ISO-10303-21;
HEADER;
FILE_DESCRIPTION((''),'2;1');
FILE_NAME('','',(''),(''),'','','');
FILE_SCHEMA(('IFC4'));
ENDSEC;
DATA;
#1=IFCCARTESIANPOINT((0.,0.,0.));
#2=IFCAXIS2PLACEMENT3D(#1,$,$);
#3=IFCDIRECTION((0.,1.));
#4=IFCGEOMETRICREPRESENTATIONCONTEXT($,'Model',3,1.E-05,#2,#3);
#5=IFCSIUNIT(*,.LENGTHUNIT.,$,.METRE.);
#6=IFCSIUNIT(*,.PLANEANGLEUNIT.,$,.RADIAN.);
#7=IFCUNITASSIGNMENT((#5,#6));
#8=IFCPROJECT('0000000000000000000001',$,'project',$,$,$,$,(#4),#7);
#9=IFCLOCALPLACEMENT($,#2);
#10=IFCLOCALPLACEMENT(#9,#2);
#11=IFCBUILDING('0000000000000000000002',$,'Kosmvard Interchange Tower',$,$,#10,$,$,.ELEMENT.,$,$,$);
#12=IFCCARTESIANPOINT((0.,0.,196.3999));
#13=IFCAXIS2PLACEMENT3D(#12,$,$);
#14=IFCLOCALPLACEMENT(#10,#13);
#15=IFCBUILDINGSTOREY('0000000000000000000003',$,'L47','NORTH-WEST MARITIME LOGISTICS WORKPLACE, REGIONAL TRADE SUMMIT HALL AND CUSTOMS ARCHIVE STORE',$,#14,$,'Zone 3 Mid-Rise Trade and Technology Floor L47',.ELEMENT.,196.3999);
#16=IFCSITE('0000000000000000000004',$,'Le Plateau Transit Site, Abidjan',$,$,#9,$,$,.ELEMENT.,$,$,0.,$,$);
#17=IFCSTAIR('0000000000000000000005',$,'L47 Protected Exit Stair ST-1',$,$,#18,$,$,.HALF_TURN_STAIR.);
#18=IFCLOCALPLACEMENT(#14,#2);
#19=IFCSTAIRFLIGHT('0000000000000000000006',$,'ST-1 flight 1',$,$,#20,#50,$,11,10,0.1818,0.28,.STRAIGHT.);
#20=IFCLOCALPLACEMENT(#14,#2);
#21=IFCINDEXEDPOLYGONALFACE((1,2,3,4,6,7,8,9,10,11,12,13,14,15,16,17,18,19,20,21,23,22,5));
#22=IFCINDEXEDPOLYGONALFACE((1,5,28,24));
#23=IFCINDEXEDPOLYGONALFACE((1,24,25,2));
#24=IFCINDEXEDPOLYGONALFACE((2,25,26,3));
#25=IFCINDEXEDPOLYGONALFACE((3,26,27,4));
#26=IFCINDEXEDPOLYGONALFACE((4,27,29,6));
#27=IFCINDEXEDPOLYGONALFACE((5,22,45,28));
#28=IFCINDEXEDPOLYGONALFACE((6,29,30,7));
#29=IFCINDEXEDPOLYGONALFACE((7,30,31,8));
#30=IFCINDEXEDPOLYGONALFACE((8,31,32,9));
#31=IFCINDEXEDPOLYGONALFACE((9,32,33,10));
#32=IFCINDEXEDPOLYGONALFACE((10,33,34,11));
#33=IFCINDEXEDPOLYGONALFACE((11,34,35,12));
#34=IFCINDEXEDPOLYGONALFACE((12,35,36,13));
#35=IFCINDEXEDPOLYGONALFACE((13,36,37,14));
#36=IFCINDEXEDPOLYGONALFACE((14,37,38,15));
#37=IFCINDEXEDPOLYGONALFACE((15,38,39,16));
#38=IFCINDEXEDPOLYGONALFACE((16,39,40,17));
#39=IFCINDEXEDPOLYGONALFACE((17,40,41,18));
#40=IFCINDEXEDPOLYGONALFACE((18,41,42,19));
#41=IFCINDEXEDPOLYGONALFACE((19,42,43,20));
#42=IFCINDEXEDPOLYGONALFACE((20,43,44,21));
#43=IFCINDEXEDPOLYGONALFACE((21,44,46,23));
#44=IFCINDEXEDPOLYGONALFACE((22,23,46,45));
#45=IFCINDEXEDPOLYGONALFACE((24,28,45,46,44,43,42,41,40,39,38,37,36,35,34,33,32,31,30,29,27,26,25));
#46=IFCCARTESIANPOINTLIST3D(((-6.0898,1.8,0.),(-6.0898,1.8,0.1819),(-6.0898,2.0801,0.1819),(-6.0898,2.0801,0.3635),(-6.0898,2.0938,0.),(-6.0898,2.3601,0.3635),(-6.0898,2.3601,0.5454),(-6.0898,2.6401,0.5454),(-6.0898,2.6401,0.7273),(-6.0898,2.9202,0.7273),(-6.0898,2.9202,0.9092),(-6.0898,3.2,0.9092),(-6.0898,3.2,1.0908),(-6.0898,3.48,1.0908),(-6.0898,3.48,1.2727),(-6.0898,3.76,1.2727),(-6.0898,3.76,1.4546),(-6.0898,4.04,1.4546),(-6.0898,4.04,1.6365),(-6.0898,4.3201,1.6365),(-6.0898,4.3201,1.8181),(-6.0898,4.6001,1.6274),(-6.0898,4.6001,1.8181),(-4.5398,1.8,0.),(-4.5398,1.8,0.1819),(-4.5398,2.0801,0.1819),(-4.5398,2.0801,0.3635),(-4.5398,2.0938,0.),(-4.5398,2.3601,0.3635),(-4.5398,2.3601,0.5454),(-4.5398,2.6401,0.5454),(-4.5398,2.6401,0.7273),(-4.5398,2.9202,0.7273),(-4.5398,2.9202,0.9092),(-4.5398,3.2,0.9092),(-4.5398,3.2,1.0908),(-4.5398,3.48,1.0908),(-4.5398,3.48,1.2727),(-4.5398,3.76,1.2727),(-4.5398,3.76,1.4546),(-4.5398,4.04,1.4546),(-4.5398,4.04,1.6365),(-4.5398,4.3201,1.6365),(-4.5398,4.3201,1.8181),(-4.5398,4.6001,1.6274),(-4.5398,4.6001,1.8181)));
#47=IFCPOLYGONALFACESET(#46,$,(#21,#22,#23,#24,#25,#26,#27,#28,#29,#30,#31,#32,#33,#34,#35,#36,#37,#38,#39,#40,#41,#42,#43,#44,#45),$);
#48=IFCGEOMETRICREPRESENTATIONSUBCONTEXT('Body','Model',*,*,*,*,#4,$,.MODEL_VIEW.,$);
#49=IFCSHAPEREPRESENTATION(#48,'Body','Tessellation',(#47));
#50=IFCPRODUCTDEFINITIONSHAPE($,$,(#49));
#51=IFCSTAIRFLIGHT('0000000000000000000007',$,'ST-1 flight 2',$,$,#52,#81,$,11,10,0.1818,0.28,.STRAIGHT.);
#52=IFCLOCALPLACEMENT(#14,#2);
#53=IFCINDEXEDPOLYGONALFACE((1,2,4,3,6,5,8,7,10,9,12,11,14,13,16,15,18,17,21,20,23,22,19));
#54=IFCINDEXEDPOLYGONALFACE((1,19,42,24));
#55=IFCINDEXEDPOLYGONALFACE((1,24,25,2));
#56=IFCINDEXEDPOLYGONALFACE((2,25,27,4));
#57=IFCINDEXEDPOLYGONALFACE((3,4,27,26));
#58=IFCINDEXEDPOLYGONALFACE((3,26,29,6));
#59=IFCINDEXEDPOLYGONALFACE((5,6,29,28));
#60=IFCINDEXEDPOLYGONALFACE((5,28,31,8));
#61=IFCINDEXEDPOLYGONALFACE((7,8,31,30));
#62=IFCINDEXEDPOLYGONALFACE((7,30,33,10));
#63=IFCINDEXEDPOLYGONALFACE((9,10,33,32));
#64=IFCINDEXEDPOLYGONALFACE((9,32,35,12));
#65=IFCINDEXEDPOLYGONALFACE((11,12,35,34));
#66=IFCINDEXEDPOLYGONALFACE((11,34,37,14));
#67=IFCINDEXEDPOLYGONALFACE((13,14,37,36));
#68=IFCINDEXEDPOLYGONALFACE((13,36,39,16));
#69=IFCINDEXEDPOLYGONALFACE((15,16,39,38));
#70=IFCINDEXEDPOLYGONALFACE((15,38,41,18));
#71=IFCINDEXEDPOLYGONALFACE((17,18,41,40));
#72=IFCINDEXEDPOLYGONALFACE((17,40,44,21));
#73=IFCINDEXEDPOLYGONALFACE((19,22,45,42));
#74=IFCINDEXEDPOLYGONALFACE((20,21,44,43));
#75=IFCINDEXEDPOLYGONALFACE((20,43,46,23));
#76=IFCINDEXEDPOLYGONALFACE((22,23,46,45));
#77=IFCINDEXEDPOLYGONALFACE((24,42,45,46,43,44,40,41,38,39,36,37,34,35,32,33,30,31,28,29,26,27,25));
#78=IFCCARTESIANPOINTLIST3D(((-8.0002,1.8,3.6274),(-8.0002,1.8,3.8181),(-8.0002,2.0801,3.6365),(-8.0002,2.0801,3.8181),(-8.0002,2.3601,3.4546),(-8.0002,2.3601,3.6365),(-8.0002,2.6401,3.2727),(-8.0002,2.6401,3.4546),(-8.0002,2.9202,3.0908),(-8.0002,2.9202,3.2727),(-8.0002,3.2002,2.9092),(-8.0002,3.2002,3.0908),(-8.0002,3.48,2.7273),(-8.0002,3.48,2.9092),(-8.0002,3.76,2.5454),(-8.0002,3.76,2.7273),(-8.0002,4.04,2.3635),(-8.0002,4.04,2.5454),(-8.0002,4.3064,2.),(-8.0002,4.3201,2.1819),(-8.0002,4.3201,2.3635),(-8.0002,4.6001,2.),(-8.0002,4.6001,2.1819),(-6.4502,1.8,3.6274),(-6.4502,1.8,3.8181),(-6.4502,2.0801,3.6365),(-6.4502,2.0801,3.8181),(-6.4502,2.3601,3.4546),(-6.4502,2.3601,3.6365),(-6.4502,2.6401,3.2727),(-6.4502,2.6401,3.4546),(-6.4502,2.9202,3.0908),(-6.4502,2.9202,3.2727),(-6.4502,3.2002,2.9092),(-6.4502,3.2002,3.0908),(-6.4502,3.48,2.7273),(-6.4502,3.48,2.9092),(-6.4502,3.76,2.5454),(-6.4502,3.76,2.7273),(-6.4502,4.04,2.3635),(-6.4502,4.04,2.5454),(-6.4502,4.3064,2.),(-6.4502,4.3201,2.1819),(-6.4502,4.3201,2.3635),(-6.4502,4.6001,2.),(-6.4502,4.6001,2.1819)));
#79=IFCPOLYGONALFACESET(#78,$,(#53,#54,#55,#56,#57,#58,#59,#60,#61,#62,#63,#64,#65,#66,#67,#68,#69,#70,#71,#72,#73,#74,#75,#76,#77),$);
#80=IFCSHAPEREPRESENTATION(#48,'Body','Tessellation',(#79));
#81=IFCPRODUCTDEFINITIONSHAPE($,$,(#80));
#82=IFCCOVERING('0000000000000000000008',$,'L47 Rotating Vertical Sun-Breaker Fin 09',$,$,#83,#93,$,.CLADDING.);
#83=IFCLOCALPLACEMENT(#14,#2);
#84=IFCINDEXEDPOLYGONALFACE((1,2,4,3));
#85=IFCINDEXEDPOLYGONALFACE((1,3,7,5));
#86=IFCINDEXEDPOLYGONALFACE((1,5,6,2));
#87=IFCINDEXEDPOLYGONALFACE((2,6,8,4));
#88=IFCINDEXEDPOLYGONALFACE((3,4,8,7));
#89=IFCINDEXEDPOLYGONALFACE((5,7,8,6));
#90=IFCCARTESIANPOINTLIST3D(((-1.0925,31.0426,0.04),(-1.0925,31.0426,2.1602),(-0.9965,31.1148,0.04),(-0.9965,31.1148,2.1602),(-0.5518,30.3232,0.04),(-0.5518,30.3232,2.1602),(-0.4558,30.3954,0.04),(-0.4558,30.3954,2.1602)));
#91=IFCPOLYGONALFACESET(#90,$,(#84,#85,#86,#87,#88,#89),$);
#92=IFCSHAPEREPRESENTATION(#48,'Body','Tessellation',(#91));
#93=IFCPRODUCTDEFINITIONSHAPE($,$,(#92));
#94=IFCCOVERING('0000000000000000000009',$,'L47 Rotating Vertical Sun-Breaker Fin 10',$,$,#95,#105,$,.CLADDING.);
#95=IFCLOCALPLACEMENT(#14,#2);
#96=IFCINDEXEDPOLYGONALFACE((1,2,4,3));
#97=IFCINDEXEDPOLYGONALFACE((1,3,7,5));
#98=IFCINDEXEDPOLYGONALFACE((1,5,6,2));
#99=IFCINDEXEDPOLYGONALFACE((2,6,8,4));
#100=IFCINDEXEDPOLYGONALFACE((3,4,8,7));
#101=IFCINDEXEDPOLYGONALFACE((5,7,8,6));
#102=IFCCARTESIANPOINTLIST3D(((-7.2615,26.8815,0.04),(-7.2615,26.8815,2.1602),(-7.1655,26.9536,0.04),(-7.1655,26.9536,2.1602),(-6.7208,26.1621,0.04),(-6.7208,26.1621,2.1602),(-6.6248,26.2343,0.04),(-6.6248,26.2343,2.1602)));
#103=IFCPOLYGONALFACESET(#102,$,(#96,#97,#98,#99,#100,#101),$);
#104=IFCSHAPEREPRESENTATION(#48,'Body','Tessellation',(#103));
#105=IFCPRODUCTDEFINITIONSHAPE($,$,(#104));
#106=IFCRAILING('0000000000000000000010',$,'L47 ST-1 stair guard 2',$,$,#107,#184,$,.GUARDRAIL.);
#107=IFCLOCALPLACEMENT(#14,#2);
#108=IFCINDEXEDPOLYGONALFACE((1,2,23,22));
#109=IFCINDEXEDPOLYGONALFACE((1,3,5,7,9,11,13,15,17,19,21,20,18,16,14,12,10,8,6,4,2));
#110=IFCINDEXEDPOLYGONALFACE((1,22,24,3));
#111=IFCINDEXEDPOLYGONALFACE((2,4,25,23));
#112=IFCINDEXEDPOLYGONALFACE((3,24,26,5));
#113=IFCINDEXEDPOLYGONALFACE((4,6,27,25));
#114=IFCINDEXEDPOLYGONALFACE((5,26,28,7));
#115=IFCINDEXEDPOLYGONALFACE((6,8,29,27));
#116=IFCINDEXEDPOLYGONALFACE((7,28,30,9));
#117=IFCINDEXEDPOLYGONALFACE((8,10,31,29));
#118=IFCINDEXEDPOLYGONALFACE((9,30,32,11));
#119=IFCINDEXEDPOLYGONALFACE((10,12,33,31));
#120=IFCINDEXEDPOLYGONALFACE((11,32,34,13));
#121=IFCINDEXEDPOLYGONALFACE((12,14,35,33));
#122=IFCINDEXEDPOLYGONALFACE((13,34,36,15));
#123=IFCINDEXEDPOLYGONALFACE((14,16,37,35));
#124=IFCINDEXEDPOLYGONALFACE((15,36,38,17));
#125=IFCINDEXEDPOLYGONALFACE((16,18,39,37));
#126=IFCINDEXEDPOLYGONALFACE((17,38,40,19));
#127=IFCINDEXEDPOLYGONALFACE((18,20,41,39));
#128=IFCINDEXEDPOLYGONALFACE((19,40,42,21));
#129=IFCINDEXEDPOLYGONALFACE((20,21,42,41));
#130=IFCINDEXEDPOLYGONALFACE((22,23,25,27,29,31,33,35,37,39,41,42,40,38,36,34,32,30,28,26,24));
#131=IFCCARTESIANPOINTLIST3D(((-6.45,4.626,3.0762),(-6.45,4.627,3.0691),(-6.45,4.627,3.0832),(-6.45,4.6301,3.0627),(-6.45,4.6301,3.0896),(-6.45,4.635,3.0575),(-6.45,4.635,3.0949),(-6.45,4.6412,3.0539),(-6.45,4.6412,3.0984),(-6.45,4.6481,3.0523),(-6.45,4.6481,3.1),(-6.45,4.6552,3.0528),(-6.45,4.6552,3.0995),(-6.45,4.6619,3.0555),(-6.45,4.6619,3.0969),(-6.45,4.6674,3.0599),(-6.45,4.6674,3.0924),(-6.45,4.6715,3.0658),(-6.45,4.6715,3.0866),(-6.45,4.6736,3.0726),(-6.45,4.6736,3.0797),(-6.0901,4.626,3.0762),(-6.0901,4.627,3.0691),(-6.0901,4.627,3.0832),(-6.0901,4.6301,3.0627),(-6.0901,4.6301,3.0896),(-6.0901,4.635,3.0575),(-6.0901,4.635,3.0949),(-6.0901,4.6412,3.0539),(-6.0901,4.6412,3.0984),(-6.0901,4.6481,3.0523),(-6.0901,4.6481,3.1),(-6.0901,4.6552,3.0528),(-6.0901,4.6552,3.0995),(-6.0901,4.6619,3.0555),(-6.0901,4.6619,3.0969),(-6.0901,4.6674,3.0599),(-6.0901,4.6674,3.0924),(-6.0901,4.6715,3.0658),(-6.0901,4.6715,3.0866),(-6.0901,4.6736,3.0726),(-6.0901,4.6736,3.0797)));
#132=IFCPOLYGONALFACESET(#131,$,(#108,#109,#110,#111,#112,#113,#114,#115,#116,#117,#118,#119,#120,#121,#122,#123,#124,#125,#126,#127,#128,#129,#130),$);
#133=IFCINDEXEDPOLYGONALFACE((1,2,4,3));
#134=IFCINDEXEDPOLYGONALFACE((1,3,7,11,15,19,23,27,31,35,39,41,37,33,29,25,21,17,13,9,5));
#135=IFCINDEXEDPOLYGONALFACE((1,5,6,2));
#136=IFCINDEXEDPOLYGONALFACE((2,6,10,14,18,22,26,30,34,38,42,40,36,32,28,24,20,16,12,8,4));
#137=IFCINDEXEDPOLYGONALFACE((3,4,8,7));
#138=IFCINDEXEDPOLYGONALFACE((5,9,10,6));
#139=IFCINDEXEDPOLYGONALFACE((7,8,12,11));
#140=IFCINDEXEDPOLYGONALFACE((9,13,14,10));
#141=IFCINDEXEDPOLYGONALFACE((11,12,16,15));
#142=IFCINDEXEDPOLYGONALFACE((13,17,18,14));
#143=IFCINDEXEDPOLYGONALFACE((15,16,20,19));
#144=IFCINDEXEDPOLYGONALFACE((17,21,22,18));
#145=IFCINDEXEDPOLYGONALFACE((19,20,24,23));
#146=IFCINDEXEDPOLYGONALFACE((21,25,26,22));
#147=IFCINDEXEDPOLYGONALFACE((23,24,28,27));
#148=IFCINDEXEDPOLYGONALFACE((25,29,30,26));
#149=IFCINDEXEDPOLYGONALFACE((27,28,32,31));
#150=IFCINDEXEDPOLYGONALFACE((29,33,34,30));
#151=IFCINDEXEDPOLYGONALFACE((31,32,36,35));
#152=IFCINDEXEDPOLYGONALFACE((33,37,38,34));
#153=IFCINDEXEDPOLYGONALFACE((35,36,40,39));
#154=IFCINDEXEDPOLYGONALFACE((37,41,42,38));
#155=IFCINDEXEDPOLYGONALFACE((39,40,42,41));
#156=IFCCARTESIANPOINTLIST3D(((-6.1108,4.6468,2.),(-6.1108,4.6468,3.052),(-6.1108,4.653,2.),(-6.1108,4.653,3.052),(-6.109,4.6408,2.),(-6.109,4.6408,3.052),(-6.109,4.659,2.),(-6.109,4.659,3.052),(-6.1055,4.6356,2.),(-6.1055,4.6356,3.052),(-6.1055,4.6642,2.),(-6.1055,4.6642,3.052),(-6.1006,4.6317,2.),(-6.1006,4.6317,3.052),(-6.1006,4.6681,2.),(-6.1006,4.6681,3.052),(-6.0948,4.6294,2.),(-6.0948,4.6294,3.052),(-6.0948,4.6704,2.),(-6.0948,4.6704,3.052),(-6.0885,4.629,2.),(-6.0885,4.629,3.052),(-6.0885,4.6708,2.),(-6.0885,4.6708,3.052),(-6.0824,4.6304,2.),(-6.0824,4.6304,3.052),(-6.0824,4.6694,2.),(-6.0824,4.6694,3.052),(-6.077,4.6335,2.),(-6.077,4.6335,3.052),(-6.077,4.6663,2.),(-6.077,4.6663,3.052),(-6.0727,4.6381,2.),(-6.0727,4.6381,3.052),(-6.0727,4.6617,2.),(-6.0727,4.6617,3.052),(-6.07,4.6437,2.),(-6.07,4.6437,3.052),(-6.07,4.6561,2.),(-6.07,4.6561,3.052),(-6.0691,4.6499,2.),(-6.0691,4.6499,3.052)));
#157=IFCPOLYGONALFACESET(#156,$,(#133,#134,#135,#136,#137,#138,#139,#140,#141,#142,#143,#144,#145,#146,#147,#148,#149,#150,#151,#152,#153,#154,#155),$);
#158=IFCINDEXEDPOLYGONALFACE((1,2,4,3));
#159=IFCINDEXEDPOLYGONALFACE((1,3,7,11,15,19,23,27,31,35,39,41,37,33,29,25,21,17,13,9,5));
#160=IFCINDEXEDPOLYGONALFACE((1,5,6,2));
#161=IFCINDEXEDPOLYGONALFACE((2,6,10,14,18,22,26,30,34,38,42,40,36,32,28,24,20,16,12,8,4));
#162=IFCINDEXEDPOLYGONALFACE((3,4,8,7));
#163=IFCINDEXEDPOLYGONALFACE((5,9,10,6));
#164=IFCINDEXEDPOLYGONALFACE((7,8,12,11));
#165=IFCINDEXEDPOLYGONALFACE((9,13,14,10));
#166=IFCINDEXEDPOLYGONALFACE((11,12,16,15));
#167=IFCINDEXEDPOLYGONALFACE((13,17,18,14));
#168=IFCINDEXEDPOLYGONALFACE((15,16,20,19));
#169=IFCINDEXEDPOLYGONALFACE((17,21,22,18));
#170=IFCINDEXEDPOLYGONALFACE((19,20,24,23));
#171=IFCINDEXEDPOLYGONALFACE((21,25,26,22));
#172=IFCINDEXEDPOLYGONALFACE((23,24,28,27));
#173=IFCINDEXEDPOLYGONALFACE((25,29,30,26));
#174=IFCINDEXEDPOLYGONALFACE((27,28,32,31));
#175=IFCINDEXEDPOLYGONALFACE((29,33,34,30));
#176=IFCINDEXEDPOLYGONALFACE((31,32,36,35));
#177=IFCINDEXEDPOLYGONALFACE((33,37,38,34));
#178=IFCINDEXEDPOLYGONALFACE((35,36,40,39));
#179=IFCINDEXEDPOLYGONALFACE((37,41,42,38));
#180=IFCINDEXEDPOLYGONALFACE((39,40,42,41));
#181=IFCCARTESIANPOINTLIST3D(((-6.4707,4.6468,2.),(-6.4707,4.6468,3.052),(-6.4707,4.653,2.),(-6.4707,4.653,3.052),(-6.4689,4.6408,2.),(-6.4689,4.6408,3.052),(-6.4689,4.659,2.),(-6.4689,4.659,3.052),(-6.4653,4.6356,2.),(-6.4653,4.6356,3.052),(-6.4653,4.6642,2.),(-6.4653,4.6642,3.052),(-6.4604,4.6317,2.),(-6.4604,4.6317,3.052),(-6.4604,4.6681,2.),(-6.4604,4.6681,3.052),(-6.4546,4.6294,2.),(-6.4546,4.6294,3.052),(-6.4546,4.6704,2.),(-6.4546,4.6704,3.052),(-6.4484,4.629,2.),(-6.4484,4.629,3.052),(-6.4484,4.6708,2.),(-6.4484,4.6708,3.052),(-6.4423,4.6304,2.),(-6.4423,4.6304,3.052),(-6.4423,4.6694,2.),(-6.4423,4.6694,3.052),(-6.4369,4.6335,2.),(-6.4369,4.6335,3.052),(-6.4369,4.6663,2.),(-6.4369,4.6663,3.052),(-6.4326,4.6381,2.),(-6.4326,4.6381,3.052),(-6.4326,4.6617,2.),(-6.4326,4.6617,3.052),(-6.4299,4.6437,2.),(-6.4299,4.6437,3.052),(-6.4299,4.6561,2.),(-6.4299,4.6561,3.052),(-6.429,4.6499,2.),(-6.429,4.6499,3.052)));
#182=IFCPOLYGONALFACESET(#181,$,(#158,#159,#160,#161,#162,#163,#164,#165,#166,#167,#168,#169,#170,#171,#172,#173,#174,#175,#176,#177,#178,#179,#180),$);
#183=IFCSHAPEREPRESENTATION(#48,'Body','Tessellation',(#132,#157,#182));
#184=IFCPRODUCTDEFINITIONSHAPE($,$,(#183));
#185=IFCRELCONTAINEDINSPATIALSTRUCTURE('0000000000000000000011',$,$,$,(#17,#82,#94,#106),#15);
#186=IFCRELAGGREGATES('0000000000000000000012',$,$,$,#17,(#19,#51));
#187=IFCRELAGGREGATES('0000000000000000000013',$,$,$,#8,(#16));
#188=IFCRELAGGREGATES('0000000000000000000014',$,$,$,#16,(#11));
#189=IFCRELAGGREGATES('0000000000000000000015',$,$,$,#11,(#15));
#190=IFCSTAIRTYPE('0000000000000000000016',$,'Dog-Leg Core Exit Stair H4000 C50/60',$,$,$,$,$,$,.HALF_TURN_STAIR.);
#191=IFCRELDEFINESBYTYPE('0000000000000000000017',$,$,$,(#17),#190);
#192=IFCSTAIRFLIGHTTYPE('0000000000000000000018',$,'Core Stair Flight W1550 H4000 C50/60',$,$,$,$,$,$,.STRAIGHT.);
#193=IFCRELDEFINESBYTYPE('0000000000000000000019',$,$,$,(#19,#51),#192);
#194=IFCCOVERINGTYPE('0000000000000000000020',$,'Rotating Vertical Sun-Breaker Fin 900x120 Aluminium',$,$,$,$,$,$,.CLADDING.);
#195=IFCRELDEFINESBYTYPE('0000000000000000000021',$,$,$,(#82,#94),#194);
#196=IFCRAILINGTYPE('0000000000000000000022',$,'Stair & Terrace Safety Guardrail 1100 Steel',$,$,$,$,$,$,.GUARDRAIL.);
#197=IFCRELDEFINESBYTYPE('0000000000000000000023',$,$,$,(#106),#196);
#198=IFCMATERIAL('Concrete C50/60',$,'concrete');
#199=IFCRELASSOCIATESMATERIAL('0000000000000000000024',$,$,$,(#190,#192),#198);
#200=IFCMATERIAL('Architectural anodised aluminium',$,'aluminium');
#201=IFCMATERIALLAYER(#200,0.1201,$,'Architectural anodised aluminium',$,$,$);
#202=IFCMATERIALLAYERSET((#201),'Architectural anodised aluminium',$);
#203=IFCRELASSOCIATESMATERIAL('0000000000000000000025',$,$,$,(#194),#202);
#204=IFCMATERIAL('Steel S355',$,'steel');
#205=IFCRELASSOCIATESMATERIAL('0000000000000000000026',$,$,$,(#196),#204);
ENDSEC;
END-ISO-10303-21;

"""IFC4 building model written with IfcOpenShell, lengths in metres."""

from ifc_helpers import new_model, si_unit, direction, frame, origin, origin_2d, place, context, subcontext, project, spatial, polyline, rectangle, circle, outline, extrude, source, transform, mapped, material, layer, layer_set, type_object, element, aggregate, save


model = new_model("IFC4")

# Units and contexts
model_context = context("Model", 3, precision=1e-05, world=origin(), true_north=direction((0.0, 1.0)))
body_context = subcontext(model_context, "Body", "Model", "MODEL_VIEW")
ifc_project = project(units=[si_unit("LENGTHUNIT", "METRE"), si_unit("PLANEANGLEUNIT", "RADIAN")], contexts=[model_context])

# Site, building, storey
site_placement = place(None, origin())
site = spatial("IfcSite", under=ifc_project, at=site_placement, Name="Le Plateau Transit Site, Abidjan", CompositionType="ELEMENT", RefElevation=0.0)
building_placement = place(site_placement, origin())
building = spatial("IfcBuilding", under=site, at=building_placement, Name="Kosmvard Interchange Tower", CompositionType="ELEMENT")
storey_placement = place(building_placement, frame((0.0, 0.0, 196.3999)))
storey = spatial("IfcBuildingStorey", under=building, at=storey_placement, Name="L47", Description="NORTH-WEST MARITIME LOGISTICS WORKPLACE, REGIONAL TRADE SUMMIT HALL AND CUSTOMS ARCHIVE STORE", LongName="Zone 3 Mid-Rise Trade and Technology Floor L47", CompositionType="ELEMENT", Elevation=196.3999)

# Shared definitions
ifc_material_1 = material(Name="Steel S355", Category="steel")

# Stair, stair flights
ifc_material_2 = material(Name="Concrete C50/60", Category="concrete")
stair_type = type_object("IfcStairType", Name="Dog-Leg Core Exit Stair H4000 C50/60", PredefinedType="HALF_TURN_STAIR", material=ifc_material_2)
stair_placement = place(storey_placement, origin())
stair = element("IfcStair", 1, at=stair_placement, inside=storey, type_object=stair_type, Name="L47 Protected Exit Stair ST-1", PredefinedType="HALF_TURN_STAIR")
stair_flight_type = type_object("IfcStairFlightType", Name="Core Stair Flight W1550 H4000 C50/60", PredefinedType="STRAIGHT", material=ifc_material_2)
shared_shape_1 = source(origin(), body_context, "Body", "SweptSolid", [
    extrude(outline(polyline([(0.0, 0.0), (0.0, 0.1819), (0.28, 0.1819), (0.28, 0.3635), (0.5601, 0.3635), (0.5601, 0.5454), (0.8401, 0.5454), (0.8401, 0.7273), (1.1201, 0.7273), (1.1201, 0.9092), (1.3999, 0.9092), (1.3999, 1.0908), (1.6799, 1.0908), (1.6799, 1.2727), (1.96, 1.2727), (1.96, 1.4546), (2.24, 1.4546), (2.24, 1.6365), (2.52, 1.6365), (2.52, 1.8181), (2.8, 1.8181), (2.8, 2.0), (2.8, 1.6274), (0.2937, 0.0), (0.0, 0.0)])), frame((0.0, 0.7749, 0.0), z_axis=(0.0, -1.0, 0.0), x_axis=(1.0, 0.0, 0.0)), (0.0, 0.0, 1.0), 1.55),
])
stair_flight_1_placement = place(storey_placement, frame((-5.3149, 1.8, 0.0), z_axis=(0.0, 0.0, 1.0), x_axis=(0.0, 1.0, 0.0)))
stair_flight_1 = element("IfcStairFlight", 2, at=stair_flight_1_placement, type_object=stair_flight_type, Name="ST-1 flight 1", NumberOfRisers=11, NumberOfTreads=10, PredefinedType="STRAIGHT", RiserHeight=0.1818, TreadLength=0.28, context=body_context, shape_type="MappedRepresentation", body=[
    mapped(shared_shape_1, transform((0.0, 0.0, 0.0), scale=1.0)),
])
stair_flight_2_placement = place(storey_placement, frame((-7.2251, 4.6001, 2.0), z_axis=(0.0, 0.0, 1.0), x_axis=(0.0, -1.0, 0.0)))
stair_flight_2 = element("IfcStairFlight", 3, at=stair_flight_2_placement, type_object=stair_flight_type, Name="ST-1 flight 2", NumberOfRisers=11, NumberOfTreads=10, PredefinedType="STRAIGHT", RiserHeight=0.1818, TreadLength=0.28, context=body_context, shape_type="MappedRepresentation", body=[
    mapped(shared_shape_1, transform((0.0, 0.0, 0.0), scale=1.0)),
])
aggregate(stair, [stair_flight_1, stair_flight_2])

# Coverings
ifc_material_3 = material(Name="Architectural anodised aluminium", Category="aluminium")
ifc_layer_1 = layer(ifc_material_3, 0.1201, Name="Architectural anodised aluminium")
ifc_layer_set_1 = layer_set([ifc_layer_1], Name="Architectural anodised aluminium")
covering_type = type_object("IfcCoveringType", Name="Rotating Vertical Sun-Breaker Fin 900x120 Aluminium", PredefinedType="CLADDING", material=ifc_layer_set_1)
shared_shape_2 = source(origin(), body_context, "Body", "SweptSolid", [
    extrude(rectangle(XDim=0.8999, YDim=0.1201, at=origin_2d()), origin(), (0.0, 0.0, 1.0), 2.1201),
])
for number, where, z_axis, x_axis, name in (
    (4, (-0.7742, 30.719, 0.04), (0.0, 0.0, 1.0), (-0.600839, 0.79937, 0.0), "L47 Rotating Vertical Sun-Breaker Fin 09"),
    (5, (-6.9431, 26.5579, 0.04), (0.0, 0.0, 1.0), (-0.600839, 0.79937, 0.0), "L47 Rotating Vertical Sun-Breaker Fin 10"),
):
    element("IfcCovering", number, at=place(storey_placement, frame(where, z_axis=z_axis, x_axis=x_axis)), inside=storey, type_object=covering_type, Name=name, PredefinedType="CLADDING", context=body_context, shape_type="MappedRepresentation", body=[
        mapped(shared_shape_2, transform((0.0, 0.0, 0.0), scale=1.0)),
    ])

# Railing
railing_type_1 = type_object("IfcRailingType", Name="Stair & Terrace Safety Guardrail 1100 Steel", PredefinedType="GUARDRAIL", material=ifc_material_1)
shared_shape_3 = source(origin(), body_context, "Body", "SweptSolid", [
    extrude(circle(Radius=0.0239, at=origin_2d()), frame((0.0, 0.0, 1.0762), z_axis=(-1.0, 0.0, 0.0), x_axis=(0.0, -1.0, 0.0)), (0.0, 0.0, 1.0), 0.3599),
    extrude(circle(Radius=0.021, at=origin_2d()), origin(), (0.0, 0.0, 1.0), 1.052),
    extrude(circle(Radius=0.021, at=origin_2d()), frame((-0.3599, 0.0, 0.0)), (0.0, 0.0, 1.0), 1.052),
])
for number, where, name in (
    (6, (-6.0901, 4.6499, 2.0), "L47 ST-1 stair guard 2"),
):
    element("IfcRailing", number, at=place(storey_placement, frame(where)), inside=storey, type_object=railing_type_1, Name=name, PredefinedType="GUARDRAIL", context=body_context, shape_type="MappedRepresentation", body=[
        mapped(shared_shape_3, transform((0.0, 0.0, 0.0), scale=1.0)),
    ])

save(model, "model.ifc")
